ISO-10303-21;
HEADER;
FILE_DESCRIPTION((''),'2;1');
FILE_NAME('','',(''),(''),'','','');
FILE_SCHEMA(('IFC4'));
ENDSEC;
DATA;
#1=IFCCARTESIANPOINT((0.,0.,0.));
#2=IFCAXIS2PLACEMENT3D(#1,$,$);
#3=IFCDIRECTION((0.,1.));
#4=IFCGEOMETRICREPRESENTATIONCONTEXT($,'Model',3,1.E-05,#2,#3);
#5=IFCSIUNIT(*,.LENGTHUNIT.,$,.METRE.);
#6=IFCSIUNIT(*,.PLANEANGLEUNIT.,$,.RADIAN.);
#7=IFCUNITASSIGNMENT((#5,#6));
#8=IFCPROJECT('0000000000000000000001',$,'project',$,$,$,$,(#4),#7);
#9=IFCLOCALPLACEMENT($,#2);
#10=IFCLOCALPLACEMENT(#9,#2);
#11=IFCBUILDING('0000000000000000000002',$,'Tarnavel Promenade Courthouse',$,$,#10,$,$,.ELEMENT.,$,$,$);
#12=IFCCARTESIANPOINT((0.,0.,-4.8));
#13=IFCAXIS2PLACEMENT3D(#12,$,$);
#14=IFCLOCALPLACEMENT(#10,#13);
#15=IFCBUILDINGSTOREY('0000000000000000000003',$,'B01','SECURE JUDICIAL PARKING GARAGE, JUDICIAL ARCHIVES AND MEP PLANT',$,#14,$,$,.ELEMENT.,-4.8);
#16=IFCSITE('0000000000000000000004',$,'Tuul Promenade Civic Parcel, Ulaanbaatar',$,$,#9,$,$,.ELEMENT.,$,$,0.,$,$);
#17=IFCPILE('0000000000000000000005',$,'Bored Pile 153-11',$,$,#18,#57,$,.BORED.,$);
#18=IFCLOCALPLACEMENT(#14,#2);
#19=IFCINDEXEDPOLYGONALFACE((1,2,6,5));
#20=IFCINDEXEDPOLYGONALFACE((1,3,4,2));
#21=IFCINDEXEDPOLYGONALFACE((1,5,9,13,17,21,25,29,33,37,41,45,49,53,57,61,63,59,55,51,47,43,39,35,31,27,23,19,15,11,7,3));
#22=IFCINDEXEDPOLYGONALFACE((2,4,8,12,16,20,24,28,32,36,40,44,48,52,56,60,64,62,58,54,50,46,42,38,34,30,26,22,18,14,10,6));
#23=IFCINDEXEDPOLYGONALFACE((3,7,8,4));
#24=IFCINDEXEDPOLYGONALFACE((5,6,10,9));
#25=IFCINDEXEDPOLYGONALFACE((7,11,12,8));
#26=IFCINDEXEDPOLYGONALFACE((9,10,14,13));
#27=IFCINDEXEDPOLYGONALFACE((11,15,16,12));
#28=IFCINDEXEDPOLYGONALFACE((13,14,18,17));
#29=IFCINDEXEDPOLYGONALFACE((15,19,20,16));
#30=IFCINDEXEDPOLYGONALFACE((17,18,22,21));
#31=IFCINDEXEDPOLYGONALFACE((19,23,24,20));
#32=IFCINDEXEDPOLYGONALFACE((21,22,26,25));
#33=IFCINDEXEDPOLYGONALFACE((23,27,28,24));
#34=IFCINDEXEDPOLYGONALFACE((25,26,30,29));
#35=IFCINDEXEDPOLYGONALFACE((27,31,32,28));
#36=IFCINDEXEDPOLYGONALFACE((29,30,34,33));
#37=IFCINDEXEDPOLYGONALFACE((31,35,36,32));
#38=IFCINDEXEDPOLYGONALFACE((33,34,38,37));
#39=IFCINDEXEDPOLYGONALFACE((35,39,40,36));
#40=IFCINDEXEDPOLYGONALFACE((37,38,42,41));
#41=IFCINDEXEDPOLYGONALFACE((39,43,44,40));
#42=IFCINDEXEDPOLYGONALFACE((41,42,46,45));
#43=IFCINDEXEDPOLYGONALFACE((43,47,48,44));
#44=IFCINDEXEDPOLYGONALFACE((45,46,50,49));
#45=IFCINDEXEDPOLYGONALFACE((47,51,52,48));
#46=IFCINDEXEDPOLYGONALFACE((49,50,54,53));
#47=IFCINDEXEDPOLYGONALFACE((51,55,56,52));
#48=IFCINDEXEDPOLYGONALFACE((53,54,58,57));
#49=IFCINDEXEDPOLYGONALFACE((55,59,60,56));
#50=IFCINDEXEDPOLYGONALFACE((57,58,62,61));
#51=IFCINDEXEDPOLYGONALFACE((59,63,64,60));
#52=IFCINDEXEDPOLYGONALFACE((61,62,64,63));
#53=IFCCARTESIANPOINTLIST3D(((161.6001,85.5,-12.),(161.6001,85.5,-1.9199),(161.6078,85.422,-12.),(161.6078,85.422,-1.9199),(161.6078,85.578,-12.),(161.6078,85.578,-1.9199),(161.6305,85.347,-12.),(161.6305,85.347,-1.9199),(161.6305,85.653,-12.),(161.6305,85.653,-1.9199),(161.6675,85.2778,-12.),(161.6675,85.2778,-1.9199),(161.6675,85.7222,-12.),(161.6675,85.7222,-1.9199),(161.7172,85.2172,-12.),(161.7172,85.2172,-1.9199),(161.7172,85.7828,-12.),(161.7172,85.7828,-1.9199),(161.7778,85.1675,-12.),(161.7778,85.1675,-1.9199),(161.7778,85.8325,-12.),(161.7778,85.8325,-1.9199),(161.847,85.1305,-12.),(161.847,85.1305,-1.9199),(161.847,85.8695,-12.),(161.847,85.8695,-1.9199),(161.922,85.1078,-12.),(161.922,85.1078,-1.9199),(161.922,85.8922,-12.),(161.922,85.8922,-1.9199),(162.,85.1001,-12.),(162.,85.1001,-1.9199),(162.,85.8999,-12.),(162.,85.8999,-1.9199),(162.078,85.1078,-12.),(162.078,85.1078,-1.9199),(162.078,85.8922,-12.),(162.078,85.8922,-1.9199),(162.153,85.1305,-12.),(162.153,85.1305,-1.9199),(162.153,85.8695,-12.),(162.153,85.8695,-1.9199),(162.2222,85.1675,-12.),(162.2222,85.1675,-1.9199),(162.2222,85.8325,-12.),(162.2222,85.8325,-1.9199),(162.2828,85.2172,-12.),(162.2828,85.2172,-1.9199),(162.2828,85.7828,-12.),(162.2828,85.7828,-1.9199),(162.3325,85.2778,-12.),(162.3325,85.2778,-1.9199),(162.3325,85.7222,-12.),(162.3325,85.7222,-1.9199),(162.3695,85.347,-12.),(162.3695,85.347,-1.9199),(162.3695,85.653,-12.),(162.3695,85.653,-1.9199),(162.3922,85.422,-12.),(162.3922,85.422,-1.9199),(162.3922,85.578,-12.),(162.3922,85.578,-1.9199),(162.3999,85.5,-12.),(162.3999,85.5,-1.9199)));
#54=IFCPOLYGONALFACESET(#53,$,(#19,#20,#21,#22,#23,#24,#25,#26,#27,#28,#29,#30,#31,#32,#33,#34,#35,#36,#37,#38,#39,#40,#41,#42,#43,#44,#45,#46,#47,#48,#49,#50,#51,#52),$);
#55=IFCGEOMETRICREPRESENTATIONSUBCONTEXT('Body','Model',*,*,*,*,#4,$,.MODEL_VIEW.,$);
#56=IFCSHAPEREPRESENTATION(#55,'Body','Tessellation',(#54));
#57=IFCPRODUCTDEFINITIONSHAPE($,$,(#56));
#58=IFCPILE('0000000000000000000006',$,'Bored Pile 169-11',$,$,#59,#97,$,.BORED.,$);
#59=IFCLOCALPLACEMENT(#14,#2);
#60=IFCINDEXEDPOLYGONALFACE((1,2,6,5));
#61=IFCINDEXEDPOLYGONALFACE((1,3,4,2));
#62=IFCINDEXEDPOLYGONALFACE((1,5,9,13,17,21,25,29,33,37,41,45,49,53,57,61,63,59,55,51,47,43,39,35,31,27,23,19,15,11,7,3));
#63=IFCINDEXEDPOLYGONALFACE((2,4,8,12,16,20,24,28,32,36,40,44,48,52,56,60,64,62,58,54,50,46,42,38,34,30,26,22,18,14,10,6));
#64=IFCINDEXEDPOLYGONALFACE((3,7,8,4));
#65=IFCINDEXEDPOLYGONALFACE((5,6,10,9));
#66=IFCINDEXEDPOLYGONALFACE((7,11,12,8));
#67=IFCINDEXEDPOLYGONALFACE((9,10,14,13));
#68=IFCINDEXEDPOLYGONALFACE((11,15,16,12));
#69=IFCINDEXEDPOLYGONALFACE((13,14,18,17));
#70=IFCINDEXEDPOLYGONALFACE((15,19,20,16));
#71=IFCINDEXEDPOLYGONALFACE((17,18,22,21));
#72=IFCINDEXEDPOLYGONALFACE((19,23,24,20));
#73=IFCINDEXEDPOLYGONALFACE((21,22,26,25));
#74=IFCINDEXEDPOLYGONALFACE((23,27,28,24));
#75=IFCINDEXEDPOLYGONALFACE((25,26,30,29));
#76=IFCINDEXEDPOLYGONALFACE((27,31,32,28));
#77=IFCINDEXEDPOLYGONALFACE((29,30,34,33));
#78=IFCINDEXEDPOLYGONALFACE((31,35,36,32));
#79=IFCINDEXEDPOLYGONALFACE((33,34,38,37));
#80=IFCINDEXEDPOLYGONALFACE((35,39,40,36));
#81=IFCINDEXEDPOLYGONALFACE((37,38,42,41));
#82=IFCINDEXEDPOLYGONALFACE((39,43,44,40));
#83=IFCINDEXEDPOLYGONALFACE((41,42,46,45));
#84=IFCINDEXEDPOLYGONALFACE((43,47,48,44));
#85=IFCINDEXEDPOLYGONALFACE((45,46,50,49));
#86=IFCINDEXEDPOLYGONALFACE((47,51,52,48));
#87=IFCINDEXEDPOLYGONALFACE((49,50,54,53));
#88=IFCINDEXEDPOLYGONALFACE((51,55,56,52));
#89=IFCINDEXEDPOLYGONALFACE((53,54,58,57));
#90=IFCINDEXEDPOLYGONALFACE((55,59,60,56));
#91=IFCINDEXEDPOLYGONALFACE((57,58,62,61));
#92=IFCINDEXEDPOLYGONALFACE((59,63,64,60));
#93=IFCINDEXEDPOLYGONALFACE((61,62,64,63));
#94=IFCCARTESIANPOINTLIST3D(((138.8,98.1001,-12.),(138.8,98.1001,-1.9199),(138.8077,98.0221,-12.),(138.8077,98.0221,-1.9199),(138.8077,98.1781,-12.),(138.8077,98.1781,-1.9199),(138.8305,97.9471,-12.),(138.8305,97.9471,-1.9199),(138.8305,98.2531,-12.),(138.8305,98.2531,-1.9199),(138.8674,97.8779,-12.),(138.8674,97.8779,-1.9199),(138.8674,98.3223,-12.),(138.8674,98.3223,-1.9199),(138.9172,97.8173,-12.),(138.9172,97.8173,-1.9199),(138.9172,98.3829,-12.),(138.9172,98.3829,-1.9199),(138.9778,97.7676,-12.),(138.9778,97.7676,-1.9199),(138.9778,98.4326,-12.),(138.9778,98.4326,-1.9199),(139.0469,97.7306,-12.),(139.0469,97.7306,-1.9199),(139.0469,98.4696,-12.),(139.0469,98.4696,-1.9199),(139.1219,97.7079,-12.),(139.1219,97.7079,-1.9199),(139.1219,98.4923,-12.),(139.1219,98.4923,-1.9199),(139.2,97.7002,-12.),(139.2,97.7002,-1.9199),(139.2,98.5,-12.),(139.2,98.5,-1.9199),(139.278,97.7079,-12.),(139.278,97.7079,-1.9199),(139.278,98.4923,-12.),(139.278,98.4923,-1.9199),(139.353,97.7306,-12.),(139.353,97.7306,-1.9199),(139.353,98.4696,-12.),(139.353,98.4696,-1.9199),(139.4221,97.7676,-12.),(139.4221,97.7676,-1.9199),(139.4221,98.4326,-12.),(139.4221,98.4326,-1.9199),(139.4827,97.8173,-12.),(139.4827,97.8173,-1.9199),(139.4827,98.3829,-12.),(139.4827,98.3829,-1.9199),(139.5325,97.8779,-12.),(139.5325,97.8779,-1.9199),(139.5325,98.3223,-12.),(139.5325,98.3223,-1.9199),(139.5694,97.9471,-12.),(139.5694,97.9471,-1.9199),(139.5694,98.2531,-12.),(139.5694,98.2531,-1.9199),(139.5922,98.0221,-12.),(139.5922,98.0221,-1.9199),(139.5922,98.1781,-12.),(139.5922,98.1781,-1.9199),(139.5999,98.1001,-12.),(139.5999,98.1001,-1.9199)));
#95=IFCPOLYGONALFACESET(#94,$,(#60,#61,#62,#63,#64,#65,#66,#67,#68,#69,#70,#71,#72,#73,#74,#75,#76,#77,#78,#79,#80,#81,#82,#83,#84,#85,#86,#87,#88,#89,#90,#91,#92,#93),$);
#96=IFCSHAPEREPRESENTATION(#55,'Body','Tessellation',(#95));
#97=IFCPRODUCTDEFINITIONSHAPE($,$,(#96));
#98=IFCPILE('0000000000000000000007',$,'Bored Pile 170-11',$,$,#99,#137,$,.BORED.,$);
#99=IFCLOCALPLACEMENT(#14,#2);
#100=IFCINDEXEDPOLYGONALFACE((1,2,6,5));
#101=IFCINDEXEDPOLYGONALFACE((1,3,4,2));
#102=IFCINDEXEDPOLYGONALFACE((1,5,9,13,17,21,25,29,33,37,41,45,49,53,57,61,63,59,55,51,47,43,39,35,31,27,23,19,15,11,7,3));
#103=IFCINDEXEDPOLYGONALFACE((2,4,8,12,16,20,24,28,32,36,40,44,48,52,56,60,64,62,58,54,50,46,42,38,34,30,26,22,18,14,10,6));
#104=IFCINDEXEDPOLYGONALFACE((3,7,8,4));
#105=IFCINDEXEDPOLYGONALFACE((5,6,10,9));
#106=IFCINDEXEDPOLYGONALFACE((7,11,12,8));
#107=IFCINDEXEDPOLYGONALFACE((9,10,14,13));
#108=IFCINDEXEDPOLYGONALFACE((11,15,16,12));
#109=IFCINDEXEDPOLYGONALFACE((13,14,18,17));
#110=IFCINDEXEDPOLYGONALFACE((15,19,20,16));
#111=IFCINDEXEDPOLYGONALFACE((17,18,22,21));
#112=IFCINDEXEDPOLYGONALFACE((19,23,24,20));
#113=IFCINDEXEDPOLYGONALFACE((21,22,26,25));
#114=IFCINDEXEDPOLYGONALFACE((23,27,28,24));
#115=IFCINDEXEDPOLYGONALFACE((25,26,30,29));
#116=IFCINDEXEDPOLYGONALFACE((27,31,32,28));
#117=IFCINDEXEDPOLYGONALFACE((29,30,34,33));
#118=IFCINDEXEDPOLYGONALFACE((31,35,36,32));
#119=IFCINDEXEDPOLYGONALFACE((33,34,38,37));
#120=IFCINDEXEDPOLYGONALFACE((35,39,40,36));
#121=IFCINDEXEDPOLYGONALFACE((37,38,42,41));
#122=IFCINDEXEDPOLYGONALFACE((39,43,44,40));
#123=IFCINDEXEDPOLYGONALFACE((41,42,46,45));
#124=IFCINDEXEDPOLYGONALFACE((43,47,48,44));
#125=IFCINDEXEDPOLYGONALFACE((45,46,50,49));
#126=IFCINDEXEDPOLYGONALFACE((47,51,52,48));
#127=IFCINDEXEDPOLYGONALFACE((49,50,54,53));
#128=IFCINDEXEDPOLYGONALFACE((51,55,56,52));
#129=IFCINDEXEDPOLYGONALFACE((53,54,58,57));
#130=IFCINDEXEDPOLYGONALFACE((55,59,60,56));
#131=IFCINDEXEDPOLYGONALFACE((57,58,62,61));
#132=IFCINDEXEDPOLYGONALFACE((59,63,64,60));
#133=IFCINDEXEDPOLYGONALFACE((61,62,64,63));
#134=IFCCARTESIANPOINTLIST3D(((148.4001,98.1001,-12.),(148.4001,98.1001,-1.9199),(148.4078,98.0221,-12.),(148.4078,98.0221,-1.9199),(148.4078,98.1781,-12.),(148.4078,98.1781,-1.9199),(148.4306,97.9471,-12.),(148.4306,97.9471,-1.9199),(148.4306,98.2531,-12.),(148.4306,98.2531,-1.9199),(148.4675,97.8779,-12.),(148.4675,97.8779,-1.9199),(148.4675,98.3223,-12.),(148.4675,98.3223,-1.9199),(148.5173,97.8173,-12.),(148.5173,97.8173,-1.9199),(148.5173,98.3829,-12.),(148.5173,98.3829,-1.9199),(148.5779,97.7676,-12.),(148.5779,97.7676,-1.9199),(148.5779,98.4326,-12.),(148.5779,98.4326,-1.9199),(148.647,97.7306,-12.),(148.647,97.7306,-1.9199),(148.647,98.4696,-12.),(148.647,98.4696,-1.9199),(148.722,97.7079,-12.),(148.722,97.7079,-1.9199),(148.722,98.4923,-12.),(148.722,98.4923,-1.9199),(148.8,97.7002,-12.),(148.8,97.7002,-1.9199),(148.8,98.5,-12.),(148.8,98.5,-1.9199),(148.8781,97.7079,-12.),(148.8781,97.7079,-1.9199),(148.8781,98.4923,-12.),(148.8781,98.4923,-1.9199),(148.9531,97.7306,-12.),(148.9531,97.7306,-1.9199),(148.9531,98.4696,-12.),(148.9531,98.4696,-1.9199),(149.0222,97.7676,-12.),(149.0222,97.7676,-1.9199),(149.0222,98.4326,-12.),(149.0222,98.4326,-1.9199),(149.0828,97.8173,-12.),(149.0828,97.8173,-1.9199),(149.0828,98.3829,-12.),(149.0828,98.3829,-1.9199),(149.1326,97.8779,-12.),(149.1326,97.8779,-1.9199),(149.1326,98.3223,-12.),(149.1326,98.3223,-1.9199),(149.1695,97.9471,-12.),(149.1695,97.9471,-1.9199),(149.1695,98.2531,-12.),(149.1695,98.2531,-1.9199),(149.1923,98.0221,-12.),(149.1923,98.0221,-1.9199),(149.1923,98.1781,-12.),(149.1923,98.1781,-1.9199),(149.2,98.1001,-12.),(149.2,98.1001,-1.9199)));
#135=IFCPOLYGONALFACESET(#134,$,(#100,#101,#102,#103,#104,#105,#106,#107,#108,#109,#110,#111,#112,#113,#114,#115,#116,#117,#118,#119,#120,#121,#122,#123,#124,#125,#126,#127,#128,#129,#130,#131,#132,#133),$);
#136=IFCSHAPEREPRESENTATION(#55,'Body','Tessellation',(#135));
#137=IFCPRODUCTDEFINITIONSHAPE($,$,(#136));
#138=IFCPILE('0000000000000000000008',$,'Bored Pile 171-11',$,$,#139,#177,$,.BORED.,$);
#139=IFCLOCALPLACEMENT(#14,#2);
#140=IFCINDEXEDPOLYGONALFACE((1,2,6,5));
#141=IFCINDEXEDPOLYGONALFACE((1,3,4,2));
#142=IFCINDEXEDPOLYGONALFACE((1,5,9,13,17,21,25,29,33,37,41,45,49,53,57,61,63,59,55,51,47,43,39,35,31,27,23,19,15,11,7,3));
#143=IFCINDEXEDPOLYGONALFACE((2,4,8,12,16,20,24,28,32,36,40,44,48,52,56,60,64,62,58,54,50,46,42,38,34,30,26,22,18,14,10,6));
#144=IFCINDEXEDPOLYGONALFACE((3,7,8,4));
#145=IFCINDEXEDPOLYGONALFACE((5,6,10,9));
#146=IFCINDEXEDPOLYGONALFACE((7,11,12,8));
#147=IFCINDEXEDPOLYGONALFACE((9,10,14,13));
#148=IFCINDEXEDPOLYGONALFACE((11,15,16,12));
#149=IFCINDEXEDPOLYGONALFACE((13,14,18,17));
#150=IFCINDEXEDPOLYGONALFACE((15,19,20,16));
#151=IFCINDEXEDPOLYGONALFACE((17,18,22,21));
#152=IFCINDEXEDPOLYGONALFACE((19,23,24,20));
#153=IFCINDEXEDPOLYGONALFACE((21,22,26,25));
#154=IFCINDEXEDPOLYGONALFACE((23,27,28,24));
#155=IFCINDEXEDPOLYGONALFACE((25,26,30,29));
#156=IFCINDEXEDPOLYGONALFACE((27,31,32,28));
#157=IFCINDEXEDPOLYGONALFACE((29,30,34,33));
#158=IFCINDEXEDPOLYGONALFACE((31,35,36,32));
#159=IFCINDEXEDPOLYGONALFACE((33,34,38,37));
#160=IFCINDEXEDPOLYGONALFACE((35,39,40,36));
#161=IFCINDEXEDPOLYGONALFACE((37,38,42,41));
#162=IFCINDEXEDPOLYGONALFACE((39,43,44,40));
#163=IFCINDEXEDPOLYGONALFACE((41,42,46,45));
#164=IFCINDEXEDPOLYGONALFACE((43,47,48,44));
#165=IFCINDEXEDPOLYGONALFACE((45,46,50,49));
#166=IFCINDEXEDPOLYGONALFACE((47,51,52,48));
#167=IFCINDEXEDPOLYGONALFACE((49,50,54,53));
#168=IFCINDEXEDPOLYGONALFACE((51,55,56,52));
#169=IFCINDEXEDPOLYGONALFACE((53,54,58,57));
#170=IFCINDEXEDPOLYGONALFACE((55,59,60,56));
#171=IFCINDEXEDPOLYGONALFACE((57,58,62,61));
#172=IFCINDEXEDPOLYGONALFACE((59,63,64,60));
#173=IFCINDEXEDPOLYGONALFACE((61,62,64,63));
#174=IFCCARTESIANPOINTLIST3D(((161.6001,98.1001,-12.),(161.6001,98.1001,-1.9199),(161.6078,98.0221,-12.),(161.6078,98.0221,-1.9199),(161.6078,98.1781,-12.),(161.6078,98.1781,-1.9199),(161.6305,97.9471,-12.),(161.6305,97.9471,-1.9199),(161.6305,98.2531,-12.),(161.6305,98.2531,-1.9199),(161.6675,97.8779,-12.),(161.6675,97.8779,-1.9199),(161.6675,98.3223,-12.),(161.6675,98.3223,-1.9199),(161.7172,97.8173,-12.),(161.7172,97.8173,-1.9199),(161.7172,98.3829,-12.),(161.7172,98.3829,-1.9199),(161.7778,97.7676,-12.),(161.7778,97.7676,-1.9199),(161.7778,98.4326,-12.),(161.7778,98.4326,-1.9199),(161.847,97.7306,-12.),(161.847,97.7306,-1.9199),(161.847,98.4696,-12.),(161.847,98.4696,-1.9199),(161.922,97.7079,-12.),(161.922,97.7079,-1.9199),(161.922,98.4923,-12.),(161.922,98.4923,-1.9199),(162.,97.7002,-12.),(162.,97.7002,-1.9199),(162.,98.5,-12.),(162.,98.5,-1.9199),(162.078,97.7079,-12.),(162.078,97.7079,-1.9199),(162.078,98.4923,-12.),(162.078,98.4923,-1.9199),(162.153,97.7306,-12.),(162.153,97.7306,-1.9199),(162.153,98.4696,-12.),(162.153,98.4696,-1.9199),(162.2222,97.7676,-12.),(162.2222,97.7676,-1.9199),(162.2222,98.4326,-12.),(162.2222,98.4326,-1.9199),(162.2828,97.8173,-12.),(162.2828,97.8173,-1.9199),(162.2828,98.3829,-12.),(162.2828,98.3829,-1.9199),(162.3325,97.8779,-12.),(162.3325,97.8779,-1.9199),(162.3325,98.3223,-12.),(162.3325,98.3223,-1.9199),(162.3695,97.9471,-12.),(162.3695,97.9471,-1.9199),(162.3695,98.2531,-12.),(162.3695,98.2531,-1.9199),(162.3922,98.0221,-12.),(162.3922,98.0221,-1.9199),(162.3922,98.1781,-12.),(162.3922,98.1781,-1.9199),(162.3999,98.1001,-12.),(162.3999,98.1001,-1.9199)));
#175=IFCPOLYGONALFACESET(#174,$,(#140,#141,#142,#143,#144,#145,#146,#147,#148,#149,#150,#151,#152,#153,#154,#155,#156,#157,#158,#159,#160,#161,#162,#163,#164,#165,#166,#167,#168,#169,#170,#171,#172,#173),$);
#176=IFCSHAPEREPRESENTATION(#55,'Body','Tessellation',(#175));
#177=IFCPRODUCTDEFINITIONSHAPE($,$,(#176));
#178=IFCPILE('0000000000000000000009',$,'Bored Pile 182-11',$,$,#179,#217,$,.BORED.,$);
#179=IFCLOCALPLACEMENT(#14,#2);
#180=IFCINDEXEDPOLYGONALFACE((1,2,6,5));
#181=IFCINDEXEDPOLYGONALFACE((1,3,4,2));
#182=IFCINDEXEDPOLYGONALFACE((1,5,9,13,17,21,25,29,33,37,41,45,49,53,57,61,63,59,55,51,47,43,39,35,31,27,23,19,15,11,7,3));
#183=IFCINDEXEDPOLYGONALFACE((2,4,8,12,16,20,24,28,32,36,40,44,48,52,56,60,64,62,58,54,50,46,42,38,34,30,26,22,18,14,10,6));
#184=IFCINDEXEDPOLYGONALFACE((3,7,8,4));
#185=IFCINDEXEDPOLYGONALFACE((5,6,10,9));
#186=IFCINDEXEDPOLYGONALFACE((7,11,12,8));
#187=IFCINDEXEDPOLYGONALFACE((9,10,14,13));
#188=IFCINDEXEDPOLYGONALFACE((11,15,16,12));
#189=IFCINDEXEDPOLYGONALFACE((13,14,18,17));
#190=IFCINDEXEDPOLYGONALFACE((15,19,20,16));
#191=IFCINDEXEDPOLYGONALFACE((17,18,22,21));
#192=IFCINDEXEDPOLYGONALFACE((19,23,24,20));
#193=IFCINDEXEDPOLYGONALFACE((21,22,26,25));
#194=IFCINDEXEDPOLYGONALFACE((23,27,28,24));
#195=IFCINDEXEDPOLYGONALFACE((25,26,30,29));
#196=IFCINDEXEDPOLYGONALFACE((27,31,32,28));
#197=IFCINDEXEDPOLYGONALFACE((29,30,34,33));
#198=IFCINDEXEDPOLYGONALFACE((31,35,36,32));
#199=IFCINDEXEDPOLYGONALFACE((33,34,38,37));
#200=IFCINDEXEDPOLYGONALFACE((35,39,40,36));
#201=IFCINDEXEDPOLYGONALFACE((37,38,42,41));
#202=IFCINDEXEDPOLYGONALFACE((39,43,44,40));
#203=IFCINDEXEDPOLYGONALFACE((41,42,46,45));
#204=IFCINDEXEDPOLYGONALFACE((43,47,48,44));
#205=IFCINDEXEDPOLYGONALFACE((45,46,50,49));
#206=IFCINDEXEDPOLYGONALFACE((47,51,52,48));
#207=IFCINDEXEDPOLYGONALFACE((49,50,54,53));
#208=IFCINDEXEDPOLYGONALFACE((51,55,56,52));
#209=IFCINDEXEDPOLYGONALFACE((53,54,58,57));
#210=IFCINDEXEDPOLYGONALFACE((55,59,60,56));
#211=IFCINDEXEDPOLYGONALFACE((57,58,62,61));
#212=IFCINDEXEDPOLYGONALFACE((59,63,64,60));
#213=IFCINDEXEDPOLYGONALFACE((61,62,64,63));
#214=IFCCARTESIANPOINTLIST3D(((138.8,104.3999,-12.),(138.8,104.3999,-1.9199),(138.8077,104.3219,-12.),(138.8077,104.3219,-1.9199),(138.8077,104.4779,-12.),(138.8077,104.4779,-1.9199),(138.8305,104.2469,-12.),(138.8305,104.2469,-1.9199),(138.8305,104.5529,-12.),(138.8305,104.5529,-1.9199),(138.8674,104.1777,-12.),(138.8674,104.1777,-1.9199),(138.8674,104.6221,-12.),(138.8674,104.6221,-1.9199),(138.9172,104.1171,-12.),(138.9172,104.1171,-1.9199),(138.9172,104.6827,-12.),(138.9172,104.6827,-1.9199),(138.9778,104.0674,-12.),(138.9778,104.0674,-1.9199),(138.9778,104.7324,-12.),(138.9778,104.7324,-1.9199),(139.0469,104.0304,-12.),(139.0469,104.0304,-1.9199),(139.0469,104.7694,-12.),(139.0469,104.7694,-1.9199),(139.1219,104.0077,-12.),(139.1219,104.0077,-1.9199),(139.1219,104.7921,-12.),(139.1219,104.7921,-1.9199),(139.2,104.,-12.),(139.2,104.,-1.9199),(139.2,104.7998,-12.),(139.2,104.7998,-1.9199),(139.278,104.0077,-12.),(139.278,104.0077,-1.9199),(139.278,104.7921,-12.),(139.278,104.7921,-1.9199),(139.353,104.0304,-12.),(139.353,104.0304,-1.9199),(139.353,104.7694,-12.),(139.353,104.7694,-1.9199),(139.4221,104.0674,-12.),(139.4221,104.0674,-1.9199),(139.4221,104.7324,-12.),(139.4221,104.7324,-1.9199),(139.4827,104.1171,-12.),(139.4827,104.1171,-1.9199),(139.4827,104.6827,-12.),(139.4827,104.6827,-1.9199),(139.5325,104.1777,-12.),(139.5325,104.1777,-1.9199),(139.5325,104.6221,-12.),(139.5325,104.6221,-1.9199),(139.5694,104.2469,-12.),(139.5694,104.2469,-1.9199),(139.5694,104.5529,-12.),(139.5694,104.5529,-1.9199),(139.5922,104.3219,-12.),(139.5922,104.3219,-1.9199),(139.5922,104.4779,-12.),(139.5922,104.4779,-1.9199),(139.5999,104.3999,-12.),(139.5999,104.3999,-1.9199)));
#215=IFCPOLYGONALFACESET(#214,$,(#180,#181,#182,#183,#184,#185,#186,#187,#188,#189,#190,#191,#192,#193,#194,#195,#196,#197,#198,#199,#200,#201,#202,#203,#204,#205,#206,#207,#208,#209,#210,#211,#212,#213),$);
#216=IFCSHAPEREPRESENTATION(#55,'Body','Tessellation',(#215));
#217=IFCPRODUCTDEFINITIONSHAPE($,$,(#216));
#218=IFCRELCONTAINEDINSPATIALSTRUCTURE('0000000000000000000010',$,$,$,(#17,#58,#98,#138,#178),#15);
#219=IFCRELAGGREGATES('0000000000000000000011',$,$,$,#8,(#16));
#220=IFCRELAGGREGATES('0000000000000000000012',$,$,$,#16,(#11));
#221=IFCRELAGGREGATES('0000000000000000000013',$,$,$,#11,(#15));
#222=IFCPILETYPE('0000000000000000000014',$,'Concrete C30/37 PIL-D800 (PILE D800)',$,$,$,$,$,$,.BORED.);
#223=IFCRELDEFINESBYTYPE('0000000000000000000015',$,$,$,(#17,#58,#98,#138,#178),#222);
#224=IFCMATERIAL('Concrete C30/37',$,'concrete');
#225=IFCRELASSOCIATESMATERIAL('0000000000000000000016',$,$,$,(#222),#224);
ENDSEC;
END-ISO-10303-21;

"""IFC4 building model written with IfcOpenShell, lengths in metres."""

from ifc_helpers import new_model, si_unit, direction, frame, origin, origin_2d, place, context, subcontext, project, spatial, circle, extrude, material, material_profile, profile_set, type_object, element, save


model = new_model("IFC4")

# Units and contexts
model_context = context("Model", 3, precision=1e-05, world=origin(), true_north=direction((0.0, 1.0)))
body_context = subcontext(model_context, "Body", "Model", "MODEL_VIEW")
ifc_project = project(units=[si_unit("LENGTHUNIT", "METRE"), si_unit("PLANEANGLEUNIT", "RADIAN")], contexts=[model_context])

# Site, building, storey
site_placement = place(None, origin())
site = spatial("IfcSite", under=ifc_project, at=site_placement, Name="Tuul Promenade Civic Parcel, Ulaanbaatar", CompositionType="ELEMENT", RefElevation=0.0)
building_placement = place(site_placement, origin())
building = spatial("IfcBuilding", under=site, at=building_placement, Name="Tarnavel Promenade Courthouse", CompositionType="ELEMENT")
storey_placement = place(building_placement, frame((0.0, 0.0, -4.8)))
storey = spatial("IfcBuildingStorey", under=building, at=storey_placement, Name="B01", Description="SECURE JUDICIAL PARKING GARAGE, JUDICIAL ARCHIVES AND MEP PLANT", CompositionType="ELEMENT", Elevation=-4.8)

# Piles
ifc_material_1 = material(Name="Concrete C30/37", Category="concrete")
ifc_material_profile_1 = material_profile(ifc_material_1, circle(Radius=0.3999, at=origin_2d()), Name="PILE D800")
ifc_profile_set_1 = profile_set([ifc_material_profile_1], Name="Concrete C30/37")
pile_type = type_object("IfcPileType", Name="Concrete C30/37 PIL-D800 (PILE D800)", PredefinedType="BORED", material=ifc_profile_set_1)
for number, where, z_axis, x_axis, name in (
    (1, (162.0, 85.5, -1.9199), (0.0, 0.0, -1.0), (1.0, 0.0, 0.0), "Bored Pile 153-11"),
    (2, (139.2, 98.1001, -1.9199), (0.0, 0.0, -1.0), (1.0, 0.0, 0.0), "Bored Pile 169-11"),
    (3, (148.8, 98.1001, -1.9199), (0.0, 0.0, -1.0), (1.0, 0.0, 0.0), "Bored Pile 170-11"),
    (4, (162.0, 98.1001, -1.9199), (0.0, 0.0, -1.0), (1.0, 0.0, 0.0), "Bored Pile 171-11"),
    (5, (139.2, 104.3999, -1.9199), (0.0, 0.0, -1.0), (1.0, 0.0, 0.0), "Bored Pile 182-11"),
):
    element("IfcPile", number, at=place(storey_placement, frame(where, z_axis=z_axis, x_axis=x_axis)), inside=storey, type_object=pile_type, Name=name, PredefinedType="BORED", context=body_context, shape_type="SweptSolid", body=[
        extrude(circle(Radius=0.3999, at=origin_2d()), origin(), (0.0, 0.0, 1.0), 10.0801),
    ])

save(model, "model.ifc")
